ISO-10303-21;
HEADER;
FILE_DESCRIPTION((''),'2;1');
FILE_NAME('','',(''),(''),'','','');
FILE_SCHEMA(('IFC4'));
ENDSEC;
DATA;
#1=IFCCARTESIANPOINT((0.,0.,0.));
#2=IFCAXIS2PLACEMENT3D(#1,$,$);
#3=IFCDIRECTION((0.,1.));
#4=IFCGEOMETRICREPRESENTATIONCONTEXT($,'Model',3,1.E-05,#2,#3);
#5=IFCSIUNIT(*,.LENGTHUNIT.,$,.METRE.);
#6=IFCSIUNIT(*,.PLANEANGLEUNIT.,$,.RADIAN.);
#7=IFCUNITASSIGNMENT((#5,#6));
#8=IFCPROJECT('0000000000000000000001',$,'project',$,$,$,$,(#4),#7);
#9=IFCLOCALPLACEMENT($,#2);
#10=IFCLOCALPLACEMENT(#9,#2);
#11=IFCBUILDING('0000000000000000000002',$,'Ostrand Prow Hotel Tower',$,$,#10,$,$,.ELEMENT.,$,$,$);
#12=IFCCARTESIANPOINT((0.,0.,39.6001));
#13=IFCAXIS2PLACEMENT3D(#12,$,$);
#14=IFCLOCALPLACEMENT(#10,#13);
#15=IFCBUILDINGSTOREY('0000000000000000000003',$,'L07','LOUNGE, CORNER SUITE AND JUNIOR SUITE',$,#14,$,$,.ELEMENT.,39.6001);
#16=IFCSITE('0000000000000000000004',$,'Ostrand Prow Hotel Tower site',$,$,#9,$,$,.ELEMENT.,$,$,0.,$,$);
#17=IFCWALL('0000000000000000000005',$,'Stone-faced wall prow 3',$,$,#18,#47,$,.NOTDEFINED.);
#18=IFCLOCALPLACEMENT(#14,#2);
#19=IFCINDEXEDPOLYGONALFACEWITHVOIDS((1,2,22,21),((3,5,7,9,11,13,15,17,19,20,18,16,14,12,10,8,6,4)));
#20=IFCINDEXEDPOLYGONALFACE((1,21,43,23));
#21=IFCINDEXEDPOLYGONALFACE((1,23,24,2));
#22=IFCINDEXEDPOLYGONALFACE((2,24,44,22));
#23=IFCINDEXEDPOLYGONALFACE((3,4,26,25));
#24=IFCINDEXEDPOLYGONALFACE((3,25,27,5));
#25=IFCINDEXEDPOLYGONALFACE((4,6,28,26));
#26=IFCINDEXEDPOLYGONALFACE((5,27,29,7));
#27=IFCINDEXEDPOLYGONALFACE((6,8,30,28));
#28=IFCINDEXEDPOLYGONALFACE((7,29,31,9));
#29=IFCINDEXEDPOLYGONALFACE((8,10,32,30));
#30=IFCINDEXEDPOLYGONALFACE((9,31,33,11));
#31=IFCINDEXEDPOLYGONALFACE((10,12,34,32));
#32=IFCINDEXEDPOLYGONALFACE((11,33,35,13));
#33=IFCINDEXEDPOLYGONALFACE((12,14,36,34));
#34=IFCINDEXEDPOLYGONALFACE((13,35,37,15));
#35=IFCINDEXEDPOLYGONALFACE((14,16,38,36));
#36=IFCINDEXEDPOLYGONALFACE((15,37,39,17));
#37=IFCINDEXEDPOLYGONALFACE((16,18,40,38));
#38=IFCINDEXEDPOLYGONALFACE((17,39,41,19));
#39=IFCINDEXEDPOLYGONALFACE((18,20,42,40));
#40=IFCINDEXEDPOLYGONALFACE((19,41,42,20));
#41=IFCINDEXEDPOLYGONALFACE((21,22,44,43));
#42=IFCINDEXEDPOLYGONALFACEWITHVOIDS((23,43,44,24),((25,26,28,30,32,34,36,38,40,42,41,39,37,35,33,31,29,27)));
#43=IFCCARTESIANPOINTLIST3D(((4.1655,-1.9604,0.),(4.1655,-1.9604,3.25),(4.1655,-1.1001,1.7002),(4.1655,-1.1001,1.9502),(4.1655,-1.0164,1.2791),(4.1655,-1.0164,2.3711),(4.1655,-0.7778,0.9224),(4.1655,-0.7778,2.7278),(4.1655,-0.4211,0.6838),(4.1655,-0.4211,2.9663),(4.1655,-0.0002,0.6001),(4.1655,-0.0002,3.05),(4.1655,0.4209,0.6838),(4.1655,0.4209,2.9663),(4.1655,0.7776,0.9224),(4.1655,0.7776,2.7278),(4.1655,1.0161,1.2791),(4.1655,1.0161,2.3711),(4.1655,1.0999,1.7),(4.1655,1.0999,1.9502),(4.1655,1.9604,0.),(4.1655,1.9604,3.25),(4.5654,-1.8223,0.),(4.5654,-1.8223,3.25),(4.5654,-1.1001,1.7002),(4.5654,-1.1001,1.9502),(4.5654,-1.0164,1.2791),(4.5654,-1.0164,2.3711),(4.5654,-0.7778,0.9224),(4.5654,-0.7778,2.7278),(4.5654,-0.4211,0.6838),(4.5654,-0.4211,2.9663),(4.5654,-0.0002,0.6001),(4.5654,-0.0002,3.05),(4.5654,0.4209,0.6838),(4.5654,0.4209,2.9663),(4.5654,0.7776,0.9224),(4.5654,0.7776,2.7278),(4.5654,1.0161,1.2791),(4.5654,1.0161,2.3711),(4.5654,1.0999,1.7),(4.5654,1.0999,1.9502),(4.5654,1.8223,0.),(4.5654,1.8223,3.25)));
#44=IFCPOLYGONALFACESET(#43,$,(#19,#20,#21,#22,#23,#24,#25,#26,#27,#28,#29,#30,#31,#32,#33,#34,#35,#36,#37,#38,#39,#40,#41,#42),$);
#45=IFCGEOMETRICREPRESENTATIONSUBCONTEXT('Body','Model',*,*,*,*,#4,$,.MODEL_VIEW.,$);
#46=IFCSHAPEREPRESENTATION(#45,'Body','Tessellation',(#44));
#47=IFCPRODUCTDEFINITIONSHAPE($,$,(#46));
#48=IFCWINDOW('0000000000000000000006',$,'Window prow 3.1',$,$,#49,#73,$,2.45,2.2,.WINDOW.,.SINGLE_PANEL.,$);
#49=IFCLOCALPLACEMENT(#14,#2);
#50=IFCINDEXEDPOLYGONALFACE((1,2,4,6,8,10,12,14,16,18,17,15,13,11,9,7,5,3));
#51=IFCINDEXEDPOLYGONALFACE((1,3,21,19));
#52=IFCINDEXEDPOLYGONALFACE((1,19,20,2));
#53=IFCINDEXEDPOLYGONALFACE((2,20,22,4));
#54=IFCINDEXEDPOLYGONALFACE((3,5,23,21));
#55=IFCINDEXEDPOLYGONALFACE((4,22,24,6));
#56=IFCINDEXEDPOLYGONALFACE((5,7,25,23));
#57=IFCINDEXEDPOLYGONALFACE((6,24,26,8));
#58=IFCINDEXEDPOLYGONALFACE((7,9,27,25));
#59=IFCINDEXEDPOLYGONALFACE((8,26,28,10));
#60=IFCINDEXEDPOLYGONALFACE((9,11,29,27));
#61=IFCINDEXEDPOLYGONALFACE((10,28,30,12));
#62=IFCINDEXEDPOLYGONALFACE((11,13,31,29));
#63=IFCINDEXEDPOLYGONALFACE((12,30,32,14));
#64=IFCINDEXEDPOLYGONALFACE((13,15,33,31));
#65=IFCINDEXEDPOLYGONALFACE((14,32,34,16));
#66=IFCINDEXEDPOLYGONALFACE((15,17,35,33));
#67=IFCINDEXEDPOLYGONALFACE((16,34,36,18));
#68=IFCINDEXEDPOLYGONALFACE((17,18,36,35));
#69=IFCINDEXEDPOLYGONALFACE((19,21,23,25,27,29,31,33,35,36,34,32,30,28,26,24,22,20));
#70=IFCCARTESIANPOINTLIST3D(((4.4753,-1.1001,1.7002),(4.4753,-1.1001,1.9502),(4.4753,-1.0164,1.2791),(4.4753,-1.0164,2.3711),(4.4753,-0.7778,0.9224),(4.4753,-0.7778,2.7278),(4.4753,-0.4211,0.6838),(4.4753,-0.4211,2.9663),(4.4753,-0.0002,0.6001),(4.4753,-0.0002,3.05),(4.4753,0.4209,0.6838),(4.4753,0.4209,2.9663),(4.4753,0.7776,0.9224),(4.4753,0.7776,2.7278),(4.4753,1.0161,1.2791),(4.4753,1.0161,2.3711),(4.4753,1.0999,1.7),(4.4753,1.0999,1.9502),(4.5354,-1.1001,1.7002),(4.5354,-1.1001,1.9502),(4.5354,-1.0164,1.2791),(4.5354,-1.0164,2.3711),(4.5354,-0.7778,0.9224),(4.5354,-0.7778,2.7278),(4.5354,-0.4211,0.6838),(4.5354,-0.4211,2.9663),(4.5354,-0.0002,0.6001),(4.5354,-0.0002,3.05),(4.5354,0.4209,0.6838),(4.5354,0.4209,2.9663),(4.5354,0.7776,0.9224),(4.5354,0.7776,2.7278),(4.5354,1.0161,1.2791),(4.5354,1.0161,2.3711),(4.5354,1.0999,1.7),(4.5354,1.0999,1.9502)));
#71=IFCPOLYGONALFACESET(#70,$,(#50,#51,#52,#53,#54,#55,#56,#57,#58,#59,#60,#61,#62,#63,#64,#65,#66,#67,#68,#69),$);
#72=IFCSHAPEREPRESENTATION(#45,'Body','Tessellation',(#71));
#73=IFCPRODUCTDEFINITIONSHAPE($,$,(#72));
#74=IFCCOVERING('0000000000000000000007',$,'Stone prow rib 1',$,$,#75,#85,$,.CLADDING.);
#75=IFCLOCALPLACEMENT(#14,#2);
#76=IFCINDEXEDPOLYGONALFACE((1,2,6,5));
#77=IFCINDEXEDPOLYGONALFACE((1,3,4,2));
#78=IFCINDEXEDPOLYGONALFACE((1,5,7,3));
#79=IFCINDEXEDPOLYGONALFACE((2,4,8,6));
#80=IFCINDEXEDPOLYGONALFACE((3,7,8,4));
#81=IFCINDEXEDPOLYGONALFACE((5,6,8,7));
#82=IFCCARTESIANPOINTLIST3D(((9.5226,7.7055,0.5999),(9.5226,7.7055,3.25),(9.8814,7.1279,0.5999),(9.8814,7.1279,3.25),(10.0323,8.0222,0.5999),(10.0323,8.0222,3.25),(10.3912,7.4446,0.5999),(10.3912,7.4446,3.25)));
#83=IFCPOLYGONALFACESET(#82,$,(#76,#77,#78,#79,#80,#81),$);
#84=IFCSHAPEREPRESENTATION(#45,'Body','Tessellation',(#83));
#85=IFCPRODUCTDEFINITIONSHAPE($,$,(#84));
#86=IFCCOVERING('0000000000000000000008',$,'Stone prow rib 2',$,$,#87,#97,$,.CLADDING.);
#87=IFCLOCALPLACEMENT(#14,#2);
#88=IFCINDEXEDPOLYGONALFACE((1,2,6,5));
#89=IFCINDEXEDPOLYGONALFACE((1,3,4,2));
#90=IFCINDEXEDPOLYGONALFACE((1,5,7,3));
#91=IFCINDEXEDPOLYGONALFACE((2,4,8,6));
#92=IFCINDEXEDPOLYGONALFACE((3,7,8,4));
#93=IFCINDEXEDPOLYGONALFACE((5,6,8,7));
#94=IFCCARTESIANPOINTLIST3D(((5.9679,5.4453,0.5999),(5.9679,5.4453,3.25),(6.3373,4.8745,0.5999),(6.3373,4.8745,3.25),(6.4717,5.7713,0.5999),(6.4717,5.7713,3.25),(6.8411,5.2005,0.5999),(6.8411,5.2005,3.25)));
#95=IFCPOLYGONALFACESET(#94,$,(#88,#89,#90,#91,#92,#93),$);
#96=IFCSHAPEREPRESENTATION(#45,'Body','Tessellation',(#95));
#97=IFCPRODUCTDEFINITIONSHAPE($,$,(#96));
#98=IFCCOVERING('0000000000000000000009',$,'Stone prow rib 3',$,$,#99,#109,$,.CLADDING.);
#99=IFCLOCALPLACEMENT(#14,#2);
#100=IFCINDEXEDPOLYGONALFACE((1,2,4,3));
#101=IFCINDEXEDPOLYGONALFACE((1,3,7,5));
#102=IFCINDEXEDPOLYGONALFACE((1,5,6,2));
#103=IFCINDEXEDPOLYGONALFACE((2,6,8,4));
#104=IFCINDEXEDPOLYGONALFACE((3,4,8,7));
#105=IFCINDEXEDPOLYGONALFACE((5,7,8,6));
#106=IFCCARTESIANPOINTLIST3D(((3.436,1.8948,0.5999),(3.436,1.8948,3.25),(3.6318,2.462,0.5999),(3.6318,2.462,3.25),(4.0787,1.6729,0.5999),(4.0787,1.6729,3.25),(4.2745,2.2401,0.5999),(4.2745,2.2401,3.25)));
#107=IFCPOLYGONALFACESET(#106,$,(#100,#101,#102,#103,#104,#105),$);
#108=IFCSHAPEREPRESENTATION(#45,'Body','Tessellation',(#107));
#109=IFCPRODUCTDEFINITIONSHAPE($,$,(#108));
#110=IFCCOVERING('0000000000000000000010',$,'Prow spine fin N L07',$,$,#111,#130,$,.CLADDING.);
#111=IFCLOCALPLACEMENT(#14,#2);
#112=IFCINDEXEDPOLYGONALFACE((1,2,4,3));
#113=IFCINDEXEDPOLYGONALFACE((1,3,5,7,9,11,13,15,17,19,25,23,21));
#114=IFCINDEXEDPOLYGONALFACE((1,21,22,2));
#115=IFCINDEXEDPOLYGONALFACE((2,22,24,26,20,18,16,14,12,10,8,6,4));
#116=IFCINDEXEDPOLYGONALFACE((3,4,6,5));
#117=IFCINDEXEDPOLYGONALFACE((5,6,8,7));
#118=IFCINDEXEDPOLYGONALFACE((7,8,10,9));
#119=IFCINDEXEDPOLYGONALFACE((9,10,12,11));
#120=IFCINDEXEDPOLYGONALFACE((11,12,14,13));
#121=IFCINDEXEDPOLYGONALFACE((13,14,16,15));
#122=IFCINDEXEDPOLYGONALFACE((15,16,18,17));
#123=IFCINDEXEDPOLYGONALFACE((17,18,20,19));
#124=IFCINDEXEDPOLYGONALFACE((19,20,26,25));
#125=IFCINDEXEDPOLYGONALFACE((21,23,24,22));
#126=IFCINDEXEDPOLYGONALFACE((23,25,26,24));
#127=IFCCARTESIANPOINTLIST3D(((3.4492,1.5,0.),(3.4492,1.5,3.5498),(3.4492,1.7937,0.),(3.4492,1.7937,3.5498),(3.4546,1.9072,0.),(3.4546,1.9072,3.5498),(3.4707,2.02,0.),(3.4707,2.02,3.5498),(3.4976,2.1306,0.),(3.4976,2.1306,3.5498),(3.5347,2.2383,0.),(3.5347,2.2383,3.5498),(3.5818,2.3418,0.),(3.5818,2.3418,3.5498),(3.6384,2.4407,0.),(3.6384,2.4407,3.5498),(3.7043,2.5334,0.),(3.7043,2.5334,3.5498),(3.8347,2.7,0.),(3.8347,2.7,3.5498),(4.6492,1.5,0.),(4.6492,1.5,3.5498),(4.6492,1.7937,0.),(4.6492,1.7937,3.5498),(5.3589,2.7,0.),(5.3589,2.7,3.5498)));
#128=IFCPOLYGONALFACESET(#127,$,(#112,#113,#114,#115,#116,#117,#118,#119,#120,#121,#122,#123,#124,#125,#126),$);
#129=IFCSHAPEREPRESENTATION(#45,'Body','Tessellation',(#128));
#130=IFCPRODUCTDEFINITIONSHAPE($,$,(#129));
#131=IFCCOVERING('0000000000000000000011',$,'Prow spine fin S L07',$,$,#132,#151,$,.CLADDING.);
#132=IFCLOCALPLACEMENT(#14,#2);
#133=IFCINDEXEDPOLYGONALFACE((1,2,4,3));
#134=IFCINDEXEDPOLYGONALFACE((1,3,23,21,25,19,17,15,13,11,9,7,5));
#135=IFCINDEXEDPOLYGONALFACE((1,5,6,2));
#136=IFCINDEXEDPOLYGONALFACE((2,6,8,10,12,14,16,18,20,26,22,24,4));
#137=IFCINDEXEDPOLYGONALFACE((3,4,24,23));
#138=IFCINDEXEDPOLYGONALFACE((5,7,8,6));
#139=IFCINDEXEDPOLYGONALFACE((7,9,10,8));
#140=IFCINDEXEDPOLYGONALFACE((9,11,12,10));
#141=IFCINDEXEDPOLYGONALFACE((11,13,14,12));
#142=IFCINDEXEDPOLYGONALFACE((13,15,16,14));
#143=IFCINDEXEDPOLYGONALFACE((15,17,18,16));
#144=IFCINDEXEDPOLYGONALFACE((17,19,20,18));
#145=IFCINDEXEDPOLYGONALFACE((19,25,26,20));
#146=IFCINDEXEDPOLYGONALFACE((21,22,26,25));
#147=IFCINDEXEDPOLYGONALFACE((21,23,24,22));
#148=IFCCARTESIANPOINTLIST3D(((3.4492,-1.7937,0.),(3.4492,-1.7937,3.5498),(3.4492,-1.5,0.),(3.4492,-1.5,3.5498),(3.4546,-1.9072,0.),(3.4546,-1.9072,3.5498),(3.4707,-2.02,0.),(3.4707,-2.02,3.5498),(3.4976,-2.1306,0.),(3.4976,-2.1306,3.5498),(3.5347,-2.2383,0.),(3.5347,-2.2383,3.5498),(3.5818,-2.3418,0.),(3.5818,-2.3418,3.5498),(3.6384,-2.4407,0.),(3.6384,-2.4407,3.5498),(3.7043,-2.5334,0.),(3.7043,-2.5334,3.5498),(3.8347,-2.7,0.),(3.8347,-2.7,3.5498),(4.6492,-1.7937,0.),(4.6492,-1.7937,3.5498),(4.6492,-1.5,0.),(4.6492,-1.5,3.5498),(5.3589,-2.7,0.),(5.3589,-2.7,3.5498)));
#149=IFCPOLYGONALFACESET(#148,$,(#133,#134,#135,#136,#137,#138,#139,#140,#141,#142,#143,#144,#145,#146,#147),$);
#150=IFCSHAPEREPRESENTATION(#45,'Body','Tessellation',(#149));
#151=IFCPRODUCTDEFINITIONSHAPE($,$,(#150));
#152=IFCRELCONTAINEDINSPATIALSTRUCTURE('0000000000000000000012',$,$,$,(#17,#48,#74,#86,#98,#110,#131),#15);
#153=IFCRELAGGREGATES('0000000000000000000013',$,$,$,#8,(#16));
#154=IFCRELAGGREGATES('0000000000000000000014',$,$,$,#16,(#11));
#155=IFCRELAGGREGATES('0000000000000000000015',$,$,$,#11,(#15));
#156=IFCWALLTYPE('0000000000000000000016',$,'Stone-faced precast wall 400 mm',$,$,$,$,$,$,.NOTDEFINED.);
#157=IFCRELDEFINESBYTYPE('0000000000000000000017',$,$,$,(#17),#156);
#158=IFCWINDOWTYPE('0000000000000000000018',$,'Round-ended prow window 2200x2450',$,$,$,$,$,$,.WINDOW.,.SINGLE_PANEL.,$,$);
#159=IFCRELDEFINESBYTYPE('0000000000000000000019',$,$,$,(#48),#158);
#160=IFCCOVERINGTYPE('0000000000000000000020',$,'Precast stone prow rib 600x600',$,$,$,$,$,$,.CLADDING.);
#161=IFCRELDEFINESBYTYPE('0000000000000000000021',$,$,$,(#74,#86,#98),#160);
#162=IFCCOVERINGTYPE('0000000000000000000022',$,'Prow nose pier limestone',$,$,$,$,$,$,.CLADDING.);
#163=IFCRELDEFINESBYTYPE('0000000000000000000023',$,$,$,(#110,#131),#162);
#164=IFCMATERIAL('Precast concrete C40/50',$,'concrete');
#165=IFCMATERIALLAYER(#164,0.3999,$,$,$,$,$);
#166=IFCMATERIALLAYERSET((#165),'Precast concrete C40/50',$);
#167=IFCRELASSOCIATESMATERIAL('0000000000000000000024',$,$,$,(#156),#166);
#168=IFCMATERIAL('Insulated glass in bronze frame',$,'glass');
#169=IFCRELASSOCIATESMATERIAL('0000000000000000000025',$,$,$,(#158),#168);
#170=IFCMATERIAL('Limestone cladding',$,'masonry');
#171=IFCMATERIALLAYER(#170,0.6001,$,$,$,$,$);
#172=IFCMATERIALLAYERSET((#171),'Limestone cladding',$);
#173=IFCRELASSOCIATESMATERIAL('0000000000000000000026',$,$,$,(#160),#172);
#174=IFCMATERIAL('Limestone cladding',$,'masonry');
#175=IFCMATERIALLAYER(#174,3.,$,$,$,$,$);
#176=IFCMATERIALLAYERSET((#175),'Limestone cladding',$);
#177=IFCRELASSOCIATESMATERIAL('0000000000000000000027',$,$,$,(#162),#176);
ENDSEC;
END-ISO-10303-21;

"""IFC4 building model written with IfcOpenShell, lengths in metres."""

from ifc_helpers import new_model, si_unit, direction, frame, frame_2d, origin, place, context, subcontext, project, spatial, polyline, rectangle, outline, extrude, material, layer, layer_set, type_object, element, fill, save


model = new_model("IFC4")

# Units and contexts
model_context = context("Model", 3, precision=1e-05, world=origin(), true_north=direction((0.0, 1.0)))
body_context = subcontext(model_context, "Body", "Model", "MODEL_VIEW")
ifc_project = project(units=[si_unit("LENGTHUNIT", "METRE"), si_unit("PLANEANGLEUNIT", "RADIAN")], contexts=[model_context])

# Site, building, storey
site_placement = place(None, origin())
site = spatial("IfcSite", under=ifc_project, at=site_placement, Name="Ostrand Prow Hotel Tower site", CompositionType="ELEMENT", RefElevation=0.0)
building_placement = place(site_placement, origin())
building = spatial("IfcBuilding", under=site, at=building_placement, Name="Ostrand Prow Hotel Tower", CompositionType="ELEMENT")
storey_placement = place(building_placement, frame((0.0, 0.0, 39.6001)))
storey = spatial("IfcBuildingStorey", under=building, at=storey_placement, Name="L07", Description="LOUNGE, CORNER SUITE AND JUNIOR SUITE", CompositionType="ELEMENT", Elevation=39.6001)

# Wall, opening, window
ifc_material_1 = material(Name="Precast concrete C40/50", Category="concrete")
ifc_layer_1 = layer(ifc_material_1, 0.3999)
ifc_layer_set_1 = layer_set([ifc_layer_1], Name="Precast concrete C40/50")
wall_type_1 = type_object("IfcWallType", Name="Stone-faced precast wall 400 mm", PredefinedType="NOTDEFINED", material=ifc_layer_set_1)
ifc_material_2 = material(Name="Insulated glass in bronze frame", Category="glass")
window_type = type_object("IfcWindowType", Name="Round-ended prow window 2200x2450", PartitioningType="SINGLE_PANEL", PredefinedType="WINDOW", material=ifc_material_2)
wall_1_placement = place(storey_placement, frame((4.3655, 1.8914, 0.0), z_axis=(0.0, 0.0, 1.0), x_axis=(0.0, -1.0, 0.0)))
wall_1 = element("IfcWall", 1, at=wall_1_placement, inside=storey, type_object=wall_type_1, Name="Stone-faced wall prow 3", PredefinedType="NOTDEFINED", context=body_context, shape_type="SweptSolid", body=[
    extrude(outline(polyline([(-0.0691, -0.2), (3.8518, -0.2), (3.7136, 0.2), (0.0691, 0.2), (-0.0691, -0.2)])), origin(), (0.0, 0.0, 1.0), 3.25),
])
opening_1_placement = place(wall_1_placement, frame((0.7915, 0.0, 0.6001)))
opening_1 = element("IfcOpeningElement", 2, at=opening_1_placement, cuts=wall_1, PredefinedType="OPENING", context=body_context, shape_type="SweptSolid", body=[
    extrude(outline(polyline([(0.0, 1.3501), (0.0837, 1.771), (0.3223, 2.1277), (0.679, 2.3662), (1.1001, 2.45), (1.521, 2.3662), (1.8777, 2.1277), (2.1162, 1.771), (2.2, 1.3501), (2.2, 1.1001), (2.1162, 0.679), (1.8777, 0.3223), (1.521, 0.0837), (1.1001, 0.0), (0.679, 0.0837), (0.3223, 0.3223), (0.0837, 0.679), (0.0, 1.0999), (0.0, 1.3501)])), frame((0.0, 0.21, 0.0), z_axis=(0.0, -1.0, 0.0), x_axis=(1.0, 0.0, 0.0)), (0.0, 0.0, 1.0), 0.4199),
])
window_1_placement = place(opening_1_placement, origin())
window_1 = element("IfcWindow", 3, at=window_1_placement, inside=storey, type_object=window_type, Name="Window prow 3.1", OverallHeight=2.45, OverallWidth=2.2, PartitioningType="SINGLE_PANEL", PredefinedType="WINDOW", context=body_context, shape_type="SweptSolid", body=[
    extrude(outline(polyline([(0.0, 1.3501), (0.0837, 1.771), (0.3223, 2.1277), (0.679, 2.3662), (1.1001, 2.45), (1.521, 2.3662), (1.8777, 2.1277), (2.1162, 1.771), (2.2, 1.3501), (2.2, 1.1001), (2.1162, 0.679), (1.8777, 0.3223), (1.521, 0.0837), (1.1001, 0.0), (0.679, 0.0837), (0.3223, 0.3223), (0.0837, 0.679), (0.0, 1.0999), (0.0, 1.3501)])), frame((0.0, 0.1699, 0.0), z_axis=(0.0, -1.0, 0.0), x_axis=(1.0, 0.0, 0.0)), (0.0, 0.0, 1.0), 0.0601),
])
fill(opening_1, window_1)

# Coverings
ifc_material_3 = material(Name="Limestone cladding", Category="masonry")
ifc_layer_2 = layer(ifc_material_3, 0.6001)
ifc_layer_set_2 = layer_set([ifc_layer_2], Name="Limestone cladding")
covering_type_1 = type_object("IfcCoveringType", Name="Precast stone prow rib 600x600", PredefinedType="CLADDING", material=ifc_layer_set_2)
for number, where, z_axis, x_axis, name in (
    (4, (10.1362, 7.2864, 0.5999), (0.0, 0.0, 1.0), (-0.527738, 0.849407, 0.0), "Stone prow rib 1"),
    (5, (6.5891, 5.0376, 0.5999), (0.0, 0.0, 1.0), (-0.543296, 0.839541, 0.0), "Stone prow rib 2"),
    (6, (4.1765, 1.9565, 0.5999), (0.0, 0.0, 1.0), (-0.945255, 0.326334, 0.0), "Stone prow rib 3"),
):
    element("IfcCovering", number, at=place(storey_placement, frame(where, z_axis=z_axis, x_axis=x_axis)), inside=storey, type_object=covering_type_1, Name=name, PredefinedType="CLADDING", context=body_context, shape_type="SweptSolid", body=[
        extrude(rectangle(XDim=0.6799, YDim=0.6001, at=frame_2d((0.3398, 0.0))), origin(), (0.0, 0.0, 1.0), 2.6501),
    ])
ifc_material_4 = material(Name="Limestone cladding", Category="masonry")
ifc_layer_3 = layer(ifc_material_4, 3.0)
ifc_layer_set_3 = layer_set([ifc_layer_3], Name="Limestone cladding")
covering_type_2 = type_object("IfcCoveringType", Name="Prow nose pier limestone", PredefinedType="CLADDING", material=ifc_layer_set_3)
covering_1_placement = place(storey_placement, origin())
element("IfcCovering", 7, at=covering_1_placement, inside=storey, type_object=covering_type_2, Name="Prow spine fin N L07", PredefinedType="CLADDING", context=body_context, shape_type="SweptSolid", body=[
    extrude(outline(polyline([(3.4492, 1.7937), (3.4492, 1.5), (4.6492, 1.5), (4.6492, 1.7937), (5.3589, 2.7), (3.8347, 2.7), (3.7043, 2.5334), (3.6384, 2.4407), (3.5818, 2.3418), (3.5347, 2.2383), (3.4976, 2.1306), (3.4707, 2.02), (3.4546, 1.9072), (3.4492, 1.7937)])), origin(), (0.0, 0.0, 1.0), 3.5498),
])
covering_2_placement = place(storey_placement, origin())
element("IfcCovering", 8, at=covering_2_placement, inside=storey, type_object=covering_type_2, Name="Prow spine fin S L07", PredefinedType="CLADDING", context=body_context, shape_type="SweptSolid", body=[
    extrude(outline(polyline([(3.7043, -2.5334), (3.8347, -2.7), (5.3589, -2.7), (4.6492, -1.7937), (4.6492, -1.5), (3.4492, -1.5), (3.4492, -1.7937), (3.4546, -1.9072), (3.4707, -2.02), (3.4976, -2.1306), (3.5347, -2.2383), (3.5818, -2.3418), (3.6384, -2.4407), (3.7043, -2.5334)])), origin(), (0.0, 0.0, 1.0), 3.5498),
])

save(model, "model.ifc")
